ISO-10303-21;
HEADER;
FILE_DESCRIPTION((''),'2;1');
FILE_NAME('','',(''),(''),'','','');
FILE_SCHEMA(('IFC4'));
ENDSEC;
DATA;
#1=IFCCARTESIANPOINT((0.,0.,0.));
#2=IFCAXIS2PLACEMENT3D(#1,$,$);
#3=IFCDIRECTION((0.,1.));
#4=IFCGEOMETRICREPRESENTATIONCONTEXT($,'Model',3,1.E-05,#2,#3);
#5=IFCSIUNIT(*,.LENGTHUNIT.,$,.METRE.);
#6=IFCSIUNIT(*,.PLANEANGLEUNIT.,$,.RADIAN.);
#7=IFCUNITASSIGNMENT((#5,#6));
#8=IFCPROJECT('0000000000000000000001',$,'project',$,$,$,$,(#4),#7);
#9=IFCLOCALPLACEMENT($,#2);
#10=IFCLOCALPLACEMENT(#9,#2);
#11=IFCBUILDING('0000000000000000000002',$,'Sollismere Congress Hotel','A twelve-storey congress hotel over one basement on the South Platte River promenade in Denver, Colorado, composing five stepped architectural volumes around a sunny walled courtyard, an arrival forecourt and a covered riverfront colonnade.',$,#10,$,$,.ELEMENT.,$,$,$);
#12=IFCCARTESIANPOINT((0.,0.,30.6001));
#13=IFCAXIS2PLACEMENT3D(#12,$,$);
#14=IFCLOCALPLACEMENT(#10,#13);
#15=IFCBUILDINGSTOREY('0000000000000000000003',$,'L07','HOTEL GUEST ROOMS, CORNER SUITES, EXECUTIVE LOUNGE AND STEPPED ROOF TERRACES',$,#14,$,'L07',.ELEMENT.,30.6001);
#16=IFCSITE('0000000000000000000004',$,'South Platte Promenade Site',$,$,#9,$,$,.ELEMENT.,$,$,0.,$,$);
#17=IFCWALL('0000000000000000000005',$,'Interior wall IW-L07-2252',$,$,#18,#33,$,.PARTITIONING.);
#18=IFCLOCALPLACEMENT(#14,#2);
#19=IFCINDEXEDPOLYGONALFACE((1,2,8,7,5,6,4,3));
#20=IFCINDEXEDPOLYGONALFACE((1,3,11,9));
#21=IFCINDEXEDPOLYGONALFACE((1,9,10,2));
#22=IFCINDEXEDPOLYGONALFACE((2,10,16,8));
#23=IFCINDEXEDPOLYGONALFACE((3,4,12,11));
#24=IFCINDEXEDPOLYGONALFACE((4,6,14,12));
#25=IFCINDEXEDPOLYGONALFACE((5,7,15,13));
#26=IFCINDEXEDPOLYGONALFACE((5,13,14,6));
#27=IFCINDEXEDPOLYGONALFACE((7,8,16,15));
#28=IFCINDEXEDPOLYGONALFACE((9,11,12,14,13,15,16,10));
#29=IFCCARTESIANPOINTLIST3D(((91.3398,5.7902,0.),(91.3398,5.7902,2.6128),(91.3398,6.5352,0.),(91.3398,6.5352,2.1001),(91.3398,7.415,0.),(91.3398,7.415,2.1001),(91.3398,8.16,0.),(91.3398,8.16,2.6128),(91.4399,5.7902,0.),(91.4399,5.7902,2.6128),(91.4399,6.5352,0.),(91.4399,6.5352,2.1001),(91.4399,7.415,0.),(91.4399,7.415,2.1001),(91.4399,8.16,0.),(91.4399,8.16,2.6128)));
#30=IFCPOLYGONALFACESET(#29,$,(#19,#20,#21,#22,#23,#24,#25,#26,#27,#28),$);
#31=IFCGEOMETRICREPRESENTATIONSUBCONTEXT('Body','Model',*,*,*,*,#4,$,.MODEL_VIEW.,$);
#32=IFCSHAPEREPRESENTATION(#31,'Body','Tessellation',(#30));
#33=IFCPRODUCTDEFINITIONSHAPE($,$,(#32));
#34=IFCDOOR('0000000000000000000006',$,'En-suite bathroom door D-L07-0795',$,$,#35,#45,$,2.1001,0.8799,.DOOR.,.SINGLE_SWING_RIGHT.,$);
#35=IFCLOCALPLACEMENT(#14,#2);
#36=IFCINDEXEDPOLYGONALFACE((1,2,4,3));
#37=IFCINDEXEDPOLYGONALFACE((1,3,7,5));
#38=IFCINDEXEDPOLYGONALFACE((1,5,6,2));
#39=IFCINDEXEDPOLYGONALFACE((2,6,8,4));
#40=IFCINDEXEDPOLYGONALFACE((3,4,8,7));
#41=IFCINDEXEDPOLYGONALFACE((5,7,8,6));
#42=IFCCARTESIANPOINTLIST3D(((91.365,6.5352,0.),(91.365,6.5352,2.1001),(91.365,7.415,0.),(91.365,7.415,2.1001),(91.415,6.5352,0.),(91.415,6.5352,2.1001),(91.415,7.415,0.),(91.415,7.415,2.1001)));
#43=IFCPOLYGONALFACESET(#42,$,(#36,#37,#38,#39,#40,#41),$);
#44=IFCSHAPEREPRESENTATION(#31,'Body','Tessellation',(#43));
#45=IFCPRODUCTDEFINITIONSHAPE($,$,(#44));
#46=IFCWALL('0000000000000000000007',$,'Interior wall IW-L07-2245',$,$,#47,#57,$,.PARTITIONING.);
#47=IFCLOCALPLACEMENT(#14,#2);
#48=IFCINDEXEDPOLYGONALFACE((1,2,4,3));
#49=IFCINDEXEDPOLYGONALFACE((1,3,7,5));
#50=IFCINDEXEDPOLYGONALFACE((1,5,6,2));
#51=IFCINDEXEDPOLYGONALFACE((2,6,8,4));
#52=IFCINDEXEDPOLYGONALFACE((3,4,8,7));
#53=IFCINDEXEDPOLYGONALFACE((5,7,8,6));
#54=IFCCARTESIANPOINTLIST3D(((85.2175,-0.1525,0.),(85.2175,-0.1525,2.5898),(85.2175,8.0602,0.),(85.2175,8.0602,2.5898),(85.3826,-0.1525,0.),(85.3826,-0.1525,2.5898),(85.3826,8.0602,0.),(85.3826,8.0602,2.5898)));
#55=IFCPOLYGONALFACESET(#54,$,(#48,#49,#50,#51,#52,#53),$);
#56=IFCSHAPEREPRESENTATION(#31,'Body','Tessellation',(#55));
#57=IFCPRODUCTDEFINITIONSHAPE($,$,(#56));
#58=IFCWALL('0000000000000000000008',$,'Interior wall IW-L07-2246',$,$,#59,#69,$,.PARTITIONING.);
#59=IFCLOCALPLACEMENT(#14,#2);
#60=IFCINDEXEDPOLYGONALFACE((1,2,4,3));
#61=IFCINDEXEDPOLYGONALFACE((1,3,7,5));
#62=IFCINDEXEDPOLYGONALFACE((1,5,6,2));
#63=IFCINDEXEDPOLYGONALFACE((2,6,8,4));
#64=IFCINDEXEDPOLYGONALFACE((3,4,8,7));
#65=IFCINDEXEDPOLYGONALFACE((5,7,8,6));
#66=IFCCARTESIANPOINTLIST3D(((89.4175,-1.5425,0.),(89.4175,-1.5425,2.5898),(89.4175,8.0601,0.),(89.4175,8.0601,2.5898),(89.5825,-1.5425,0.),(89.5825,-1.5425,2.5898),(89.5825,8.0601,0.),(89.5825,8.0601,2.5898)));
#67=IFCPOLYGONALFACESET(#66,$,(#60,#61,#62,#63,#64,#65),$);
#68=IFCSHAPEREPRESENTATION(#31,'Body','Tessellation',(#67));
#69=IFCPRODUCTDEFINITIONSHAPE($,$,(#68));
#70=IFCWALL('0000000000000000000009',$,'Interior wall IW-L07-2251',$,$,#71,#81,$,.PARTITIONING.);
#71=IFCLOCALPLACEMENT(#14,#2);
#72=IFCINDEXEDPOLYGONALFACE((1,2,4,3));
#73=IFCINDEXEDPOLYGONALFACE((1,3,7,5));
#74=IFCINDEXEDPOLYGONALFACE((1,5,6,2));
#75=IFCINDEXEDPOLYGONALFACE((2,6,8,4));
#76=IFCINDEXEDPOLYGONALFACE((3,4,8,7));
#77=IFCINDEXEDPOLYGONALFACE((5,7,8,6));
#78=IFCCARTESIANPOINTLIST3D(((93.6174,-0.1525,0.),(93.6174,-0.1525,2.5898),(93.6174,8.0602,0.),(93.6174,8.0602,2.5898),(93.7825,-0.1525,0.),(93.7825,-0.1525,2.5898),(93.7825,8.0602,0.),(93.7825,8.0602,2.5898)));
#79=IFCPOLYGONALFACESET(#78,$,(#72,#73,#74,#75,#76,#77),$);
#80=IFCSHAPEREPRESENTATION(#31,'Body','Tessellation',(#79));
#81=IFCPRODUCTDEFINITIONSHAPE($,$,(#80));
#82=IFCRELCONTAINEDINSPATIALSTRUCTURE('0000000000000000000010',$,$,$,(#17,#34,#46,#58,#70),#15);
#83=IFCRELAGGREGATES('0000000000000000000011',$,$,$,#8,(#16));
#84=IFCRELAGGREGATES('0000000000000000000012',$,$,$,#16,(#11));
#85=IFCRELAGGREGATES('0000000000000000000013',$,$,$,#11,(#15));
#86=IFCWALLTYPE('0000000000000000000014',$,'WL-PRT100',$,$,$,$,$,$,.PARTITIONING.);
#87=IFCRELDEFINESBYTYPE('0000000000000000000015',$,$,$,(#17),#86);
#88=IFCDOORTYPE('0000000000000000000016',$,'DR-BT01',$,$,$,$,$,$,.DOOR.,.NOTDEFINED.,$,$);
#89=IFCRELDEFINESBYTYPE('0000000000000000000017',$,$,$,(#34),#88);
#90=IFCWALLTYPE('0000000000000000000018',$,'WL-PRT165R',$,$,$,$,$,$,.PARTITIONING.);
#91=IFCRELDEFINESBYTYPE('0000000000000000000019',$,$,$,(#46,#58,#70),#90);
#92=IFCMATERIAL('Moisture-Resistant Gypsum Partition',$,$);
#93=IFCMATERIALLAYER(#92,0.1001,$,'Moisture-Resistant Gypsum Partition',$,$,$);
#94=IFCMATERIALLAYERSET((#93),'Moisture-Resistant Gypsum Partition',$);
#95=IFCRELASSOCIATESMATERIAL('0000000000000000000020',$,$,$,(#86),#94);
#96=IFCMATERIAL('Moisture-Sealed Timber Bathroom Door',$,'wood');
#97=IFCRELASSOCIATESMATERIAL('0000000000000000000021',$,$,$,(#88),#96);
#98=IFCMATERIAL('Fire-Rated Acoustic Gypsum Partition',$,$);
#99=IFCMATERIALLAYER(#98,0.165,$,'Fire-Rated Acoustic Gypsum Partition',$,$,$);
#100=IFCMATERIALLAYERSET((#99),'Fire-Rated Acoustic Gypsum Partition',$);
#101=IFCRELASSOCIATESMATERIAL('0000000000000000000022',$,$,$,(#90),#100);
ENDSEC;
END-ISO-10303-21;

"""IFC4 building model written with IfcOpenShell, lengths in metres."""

from ifc_helpers import new_model, si_unit, direction, frame, frame_2d, origin, place, context, subcontext, project, spatial, rectangle, extrude, material, layer, layer_set, type_object, element, fill, save


model = new_model("IFC4")

# Units and contexts
model_context = context("Model", 3, precision=1e-05, world=origin(), true_north=direction((0.0, 1.0)))
body_context = subcontext(model_context, "Body", "Model", "MODEL_VIEW")
ifc_project = project(units=[si_unit("LENGTHUNIT", "METRE"), si_unit("PLANEANGLEUNIT", "RADIAN")], contexts=[model_context])

# Site, building, storey
site_placement = place(None, origin())
site = spatial("IfcSite", under=ifc_project, at=site_placement, Name="South Platte Promenade Site", CompositionType="ELEMENT", RefElevation=0.0)
building_placement = place(site_placement, origin())
building = spatial("IfcBuilding", under=site, at=building_placement, Name="Sollismere Congress Hotel", Description="A twelve-storey congress hotel over one basement on the South Platte River promenade in Denver, Colorado, composing five stepped architectural volumes around a sunny walled courtyard, an arrival forecourt and a covered riverfront colonnade.", CompositionType="ELEMENT")
storey_placement = place(building_placement, frame((0.0, 0.0, 30.6001)))
storey = spatial("IfcBuildingStorey", under=building, at=storey_placement, Name="L07", Description="HOTEL GUEST ROOMS, CORNER SUITES, EXECUTIVE LOUNGE AND STEPPED ROOF TERRACES", LongName="L07", CompositionType="ELEMENT", Elevation=30.6001)

# Wall, opening, door
ifc_material_1 = material(Name="Moisture-Resistant Gypsum Partition")
ifc_layer_1 = layer(ifc_material_1, 0.1001, Name="Moisture-Resistant Gypsum Partition")
ifc_layer_set_1 = layer_set([ifc_layer_1], Name="Moisture-Resistant Gypsum Partition")
wall_type_1 = type_object("IfcWallType", Name="WL-PRT100", PredefinedType="PARTITIONING", material=ifc_layer_set_1)
ifc_material_2 = material(Name="Moisture-Sealed Timber Bathroom Door", Category="wood")
wall_1_placement = place(storey_placement, frame((91.3899, 5.79, 0.0), z_axis=(0.0, 0.0, 1.0), x_axis=(0.0, 1.0, 0.0)))
wall_1 = element("IfcWall", 1, at=wall_1_placement, inside=storey, type_object=wall_type_1, Name="Interior wall IW-L07-2252", PredefinedType="PARTITIONING", context=body_context, shape_type="SweptSolid", body=[
    extrude(rectangle(XDim=2.3699, YDim=0.1001, at=frame_2d((1.1851, 0.0))), origin(), (0.0, 0.0, 1.0), 2.6128),
])
opening_1_placement = place(wall_1_placement, frame((0.7451, 0.0, 0.0)))
opening_1 = element("IfcOpeningElement", 2, at=opening_1_placement, cuts=wall_1, PredefinedType="OPENING", context=body_context, shape_type="SweptSolid", body=[
    extrude(rectangle(XDim=0.8799, YDim=2.1001, at=frame_2d((0.4399, 1.05))), frame((0.0, 0.0601, 0.0), z_axis=(0.0, -1.0, 0.0), x_axis=(1.0, 0.0, 0.0)), (0.0, 0.0, 1.0), 0.1201),
])
door_type_1 = type_object("IfcDoorType", Name="DR-BT01", OperationType="NOTDEFINED", PredefinedType="DOOR", material=ifc_material_2)
door_1_placement = place(opening_1_placement, origin())
door_1 = element("IfcDoor", 3, at=door_1_placement, inside=storey, type_object=door_type_1, Name="En-suite bathroom door D-L07-0795", OperationType="SINGLE_SWING_RIGHT", OverallHeight=2.1001, OverallWidth=0.8799, PredefinedType="DOOR", context=body_context, shape_type="SweptSolid", body=[
    extrude(rectangle(XDim=0.8799, YDim=2.1001, at=frame_2d((0.4399, 1.05))), frame((0.0, 0.0249, 0.0), z_axis=(0.0, -1.0, 0.0), x_axis=(1.0, 0.0, 0.0)), (0.0, 0.0, 1.0), 0.05),
])
fill(opening_1, door_1)

# Walls
ifc_material_3 = material(Name="Fire-Rated Acoustic Gypsum Partition")
ifc_layer_2 = layer(ifc_material_3, 0.165, Name="Fire-Rated Acoustic Gypsum Partition")
ifc_layer_set_2 = layer_set([ifc_layer_2], Name="Fire-Rated Acoustic Gypsum Partition")
wall_type_2 = type_object("IfcWallType", Name="WL-PRT165R", PredefinedType="PARTITIONING", material=ifc_layer_set_2)
wall_2_placement = place(storey_placement, frame((85.3, -0.1526, 0.0), z_axis=(0.0, 0.0, 1.0), x_axis=(0.0, 1.0, 0.0)))
element("IfcWall", 4, at=wall_2_placement, inside=storey, type_object=wall_type_2, Name="Interior wall IW-L07-2245", PredefinedType="PARTITIONING", context=body_context, shape_type="SweptSolid", body=[
    extrude(rectangle(XDim=8.2126, YDim=0.165, at=frame_2d((4.1064, 0.0))), origin(), (0.0, 0.0, 1.0), 2.5898),
])
wall_3_placement = place(storey_placement, frame((89.5, -1.5425, 0.0), z_axis=(0.0, 0.0, 1.0), x_axis=(0.0, 1.0, 0.0)))
element("IfcWall", 5, at=wall_3_placement, inside=storey, type_object=wall_type_2, Name="Interior wall IW-L07-2246", PredefinedType="PARTITIONING", context=body_context, shape_type="SweptSolid", body=[
    extrude(rectangle(XDim=9.6025, YDim=0.165, at=frame_2d((4.8013, 0.0))), origin(), (0.0, 0.0, 1.0), 2.5898),
])
wall_4_placement = place(storey_placement, frame((93.7, -0.1526, 0.0), z_axis=(0.0, 0.0, 1.0), x_axis=(0.0, 1.0, 0.0)))
element("IfcWall", 6, at=wall_4_placement, inside=storey, type_object=wall_type_2, Name="Interior wall IW-L07-2251", PredefinedType="PARTITIONING", context=body_context, shape_type="SweptSolid", body=[
    extrude(rectangle(XDim=8.2126, YDim=0.165, at=frame_2d((4.1064, 0.0))), origin(), (0.0, 0.0, 1.0), 2.5898),
])

save(model, "model.ifc")
